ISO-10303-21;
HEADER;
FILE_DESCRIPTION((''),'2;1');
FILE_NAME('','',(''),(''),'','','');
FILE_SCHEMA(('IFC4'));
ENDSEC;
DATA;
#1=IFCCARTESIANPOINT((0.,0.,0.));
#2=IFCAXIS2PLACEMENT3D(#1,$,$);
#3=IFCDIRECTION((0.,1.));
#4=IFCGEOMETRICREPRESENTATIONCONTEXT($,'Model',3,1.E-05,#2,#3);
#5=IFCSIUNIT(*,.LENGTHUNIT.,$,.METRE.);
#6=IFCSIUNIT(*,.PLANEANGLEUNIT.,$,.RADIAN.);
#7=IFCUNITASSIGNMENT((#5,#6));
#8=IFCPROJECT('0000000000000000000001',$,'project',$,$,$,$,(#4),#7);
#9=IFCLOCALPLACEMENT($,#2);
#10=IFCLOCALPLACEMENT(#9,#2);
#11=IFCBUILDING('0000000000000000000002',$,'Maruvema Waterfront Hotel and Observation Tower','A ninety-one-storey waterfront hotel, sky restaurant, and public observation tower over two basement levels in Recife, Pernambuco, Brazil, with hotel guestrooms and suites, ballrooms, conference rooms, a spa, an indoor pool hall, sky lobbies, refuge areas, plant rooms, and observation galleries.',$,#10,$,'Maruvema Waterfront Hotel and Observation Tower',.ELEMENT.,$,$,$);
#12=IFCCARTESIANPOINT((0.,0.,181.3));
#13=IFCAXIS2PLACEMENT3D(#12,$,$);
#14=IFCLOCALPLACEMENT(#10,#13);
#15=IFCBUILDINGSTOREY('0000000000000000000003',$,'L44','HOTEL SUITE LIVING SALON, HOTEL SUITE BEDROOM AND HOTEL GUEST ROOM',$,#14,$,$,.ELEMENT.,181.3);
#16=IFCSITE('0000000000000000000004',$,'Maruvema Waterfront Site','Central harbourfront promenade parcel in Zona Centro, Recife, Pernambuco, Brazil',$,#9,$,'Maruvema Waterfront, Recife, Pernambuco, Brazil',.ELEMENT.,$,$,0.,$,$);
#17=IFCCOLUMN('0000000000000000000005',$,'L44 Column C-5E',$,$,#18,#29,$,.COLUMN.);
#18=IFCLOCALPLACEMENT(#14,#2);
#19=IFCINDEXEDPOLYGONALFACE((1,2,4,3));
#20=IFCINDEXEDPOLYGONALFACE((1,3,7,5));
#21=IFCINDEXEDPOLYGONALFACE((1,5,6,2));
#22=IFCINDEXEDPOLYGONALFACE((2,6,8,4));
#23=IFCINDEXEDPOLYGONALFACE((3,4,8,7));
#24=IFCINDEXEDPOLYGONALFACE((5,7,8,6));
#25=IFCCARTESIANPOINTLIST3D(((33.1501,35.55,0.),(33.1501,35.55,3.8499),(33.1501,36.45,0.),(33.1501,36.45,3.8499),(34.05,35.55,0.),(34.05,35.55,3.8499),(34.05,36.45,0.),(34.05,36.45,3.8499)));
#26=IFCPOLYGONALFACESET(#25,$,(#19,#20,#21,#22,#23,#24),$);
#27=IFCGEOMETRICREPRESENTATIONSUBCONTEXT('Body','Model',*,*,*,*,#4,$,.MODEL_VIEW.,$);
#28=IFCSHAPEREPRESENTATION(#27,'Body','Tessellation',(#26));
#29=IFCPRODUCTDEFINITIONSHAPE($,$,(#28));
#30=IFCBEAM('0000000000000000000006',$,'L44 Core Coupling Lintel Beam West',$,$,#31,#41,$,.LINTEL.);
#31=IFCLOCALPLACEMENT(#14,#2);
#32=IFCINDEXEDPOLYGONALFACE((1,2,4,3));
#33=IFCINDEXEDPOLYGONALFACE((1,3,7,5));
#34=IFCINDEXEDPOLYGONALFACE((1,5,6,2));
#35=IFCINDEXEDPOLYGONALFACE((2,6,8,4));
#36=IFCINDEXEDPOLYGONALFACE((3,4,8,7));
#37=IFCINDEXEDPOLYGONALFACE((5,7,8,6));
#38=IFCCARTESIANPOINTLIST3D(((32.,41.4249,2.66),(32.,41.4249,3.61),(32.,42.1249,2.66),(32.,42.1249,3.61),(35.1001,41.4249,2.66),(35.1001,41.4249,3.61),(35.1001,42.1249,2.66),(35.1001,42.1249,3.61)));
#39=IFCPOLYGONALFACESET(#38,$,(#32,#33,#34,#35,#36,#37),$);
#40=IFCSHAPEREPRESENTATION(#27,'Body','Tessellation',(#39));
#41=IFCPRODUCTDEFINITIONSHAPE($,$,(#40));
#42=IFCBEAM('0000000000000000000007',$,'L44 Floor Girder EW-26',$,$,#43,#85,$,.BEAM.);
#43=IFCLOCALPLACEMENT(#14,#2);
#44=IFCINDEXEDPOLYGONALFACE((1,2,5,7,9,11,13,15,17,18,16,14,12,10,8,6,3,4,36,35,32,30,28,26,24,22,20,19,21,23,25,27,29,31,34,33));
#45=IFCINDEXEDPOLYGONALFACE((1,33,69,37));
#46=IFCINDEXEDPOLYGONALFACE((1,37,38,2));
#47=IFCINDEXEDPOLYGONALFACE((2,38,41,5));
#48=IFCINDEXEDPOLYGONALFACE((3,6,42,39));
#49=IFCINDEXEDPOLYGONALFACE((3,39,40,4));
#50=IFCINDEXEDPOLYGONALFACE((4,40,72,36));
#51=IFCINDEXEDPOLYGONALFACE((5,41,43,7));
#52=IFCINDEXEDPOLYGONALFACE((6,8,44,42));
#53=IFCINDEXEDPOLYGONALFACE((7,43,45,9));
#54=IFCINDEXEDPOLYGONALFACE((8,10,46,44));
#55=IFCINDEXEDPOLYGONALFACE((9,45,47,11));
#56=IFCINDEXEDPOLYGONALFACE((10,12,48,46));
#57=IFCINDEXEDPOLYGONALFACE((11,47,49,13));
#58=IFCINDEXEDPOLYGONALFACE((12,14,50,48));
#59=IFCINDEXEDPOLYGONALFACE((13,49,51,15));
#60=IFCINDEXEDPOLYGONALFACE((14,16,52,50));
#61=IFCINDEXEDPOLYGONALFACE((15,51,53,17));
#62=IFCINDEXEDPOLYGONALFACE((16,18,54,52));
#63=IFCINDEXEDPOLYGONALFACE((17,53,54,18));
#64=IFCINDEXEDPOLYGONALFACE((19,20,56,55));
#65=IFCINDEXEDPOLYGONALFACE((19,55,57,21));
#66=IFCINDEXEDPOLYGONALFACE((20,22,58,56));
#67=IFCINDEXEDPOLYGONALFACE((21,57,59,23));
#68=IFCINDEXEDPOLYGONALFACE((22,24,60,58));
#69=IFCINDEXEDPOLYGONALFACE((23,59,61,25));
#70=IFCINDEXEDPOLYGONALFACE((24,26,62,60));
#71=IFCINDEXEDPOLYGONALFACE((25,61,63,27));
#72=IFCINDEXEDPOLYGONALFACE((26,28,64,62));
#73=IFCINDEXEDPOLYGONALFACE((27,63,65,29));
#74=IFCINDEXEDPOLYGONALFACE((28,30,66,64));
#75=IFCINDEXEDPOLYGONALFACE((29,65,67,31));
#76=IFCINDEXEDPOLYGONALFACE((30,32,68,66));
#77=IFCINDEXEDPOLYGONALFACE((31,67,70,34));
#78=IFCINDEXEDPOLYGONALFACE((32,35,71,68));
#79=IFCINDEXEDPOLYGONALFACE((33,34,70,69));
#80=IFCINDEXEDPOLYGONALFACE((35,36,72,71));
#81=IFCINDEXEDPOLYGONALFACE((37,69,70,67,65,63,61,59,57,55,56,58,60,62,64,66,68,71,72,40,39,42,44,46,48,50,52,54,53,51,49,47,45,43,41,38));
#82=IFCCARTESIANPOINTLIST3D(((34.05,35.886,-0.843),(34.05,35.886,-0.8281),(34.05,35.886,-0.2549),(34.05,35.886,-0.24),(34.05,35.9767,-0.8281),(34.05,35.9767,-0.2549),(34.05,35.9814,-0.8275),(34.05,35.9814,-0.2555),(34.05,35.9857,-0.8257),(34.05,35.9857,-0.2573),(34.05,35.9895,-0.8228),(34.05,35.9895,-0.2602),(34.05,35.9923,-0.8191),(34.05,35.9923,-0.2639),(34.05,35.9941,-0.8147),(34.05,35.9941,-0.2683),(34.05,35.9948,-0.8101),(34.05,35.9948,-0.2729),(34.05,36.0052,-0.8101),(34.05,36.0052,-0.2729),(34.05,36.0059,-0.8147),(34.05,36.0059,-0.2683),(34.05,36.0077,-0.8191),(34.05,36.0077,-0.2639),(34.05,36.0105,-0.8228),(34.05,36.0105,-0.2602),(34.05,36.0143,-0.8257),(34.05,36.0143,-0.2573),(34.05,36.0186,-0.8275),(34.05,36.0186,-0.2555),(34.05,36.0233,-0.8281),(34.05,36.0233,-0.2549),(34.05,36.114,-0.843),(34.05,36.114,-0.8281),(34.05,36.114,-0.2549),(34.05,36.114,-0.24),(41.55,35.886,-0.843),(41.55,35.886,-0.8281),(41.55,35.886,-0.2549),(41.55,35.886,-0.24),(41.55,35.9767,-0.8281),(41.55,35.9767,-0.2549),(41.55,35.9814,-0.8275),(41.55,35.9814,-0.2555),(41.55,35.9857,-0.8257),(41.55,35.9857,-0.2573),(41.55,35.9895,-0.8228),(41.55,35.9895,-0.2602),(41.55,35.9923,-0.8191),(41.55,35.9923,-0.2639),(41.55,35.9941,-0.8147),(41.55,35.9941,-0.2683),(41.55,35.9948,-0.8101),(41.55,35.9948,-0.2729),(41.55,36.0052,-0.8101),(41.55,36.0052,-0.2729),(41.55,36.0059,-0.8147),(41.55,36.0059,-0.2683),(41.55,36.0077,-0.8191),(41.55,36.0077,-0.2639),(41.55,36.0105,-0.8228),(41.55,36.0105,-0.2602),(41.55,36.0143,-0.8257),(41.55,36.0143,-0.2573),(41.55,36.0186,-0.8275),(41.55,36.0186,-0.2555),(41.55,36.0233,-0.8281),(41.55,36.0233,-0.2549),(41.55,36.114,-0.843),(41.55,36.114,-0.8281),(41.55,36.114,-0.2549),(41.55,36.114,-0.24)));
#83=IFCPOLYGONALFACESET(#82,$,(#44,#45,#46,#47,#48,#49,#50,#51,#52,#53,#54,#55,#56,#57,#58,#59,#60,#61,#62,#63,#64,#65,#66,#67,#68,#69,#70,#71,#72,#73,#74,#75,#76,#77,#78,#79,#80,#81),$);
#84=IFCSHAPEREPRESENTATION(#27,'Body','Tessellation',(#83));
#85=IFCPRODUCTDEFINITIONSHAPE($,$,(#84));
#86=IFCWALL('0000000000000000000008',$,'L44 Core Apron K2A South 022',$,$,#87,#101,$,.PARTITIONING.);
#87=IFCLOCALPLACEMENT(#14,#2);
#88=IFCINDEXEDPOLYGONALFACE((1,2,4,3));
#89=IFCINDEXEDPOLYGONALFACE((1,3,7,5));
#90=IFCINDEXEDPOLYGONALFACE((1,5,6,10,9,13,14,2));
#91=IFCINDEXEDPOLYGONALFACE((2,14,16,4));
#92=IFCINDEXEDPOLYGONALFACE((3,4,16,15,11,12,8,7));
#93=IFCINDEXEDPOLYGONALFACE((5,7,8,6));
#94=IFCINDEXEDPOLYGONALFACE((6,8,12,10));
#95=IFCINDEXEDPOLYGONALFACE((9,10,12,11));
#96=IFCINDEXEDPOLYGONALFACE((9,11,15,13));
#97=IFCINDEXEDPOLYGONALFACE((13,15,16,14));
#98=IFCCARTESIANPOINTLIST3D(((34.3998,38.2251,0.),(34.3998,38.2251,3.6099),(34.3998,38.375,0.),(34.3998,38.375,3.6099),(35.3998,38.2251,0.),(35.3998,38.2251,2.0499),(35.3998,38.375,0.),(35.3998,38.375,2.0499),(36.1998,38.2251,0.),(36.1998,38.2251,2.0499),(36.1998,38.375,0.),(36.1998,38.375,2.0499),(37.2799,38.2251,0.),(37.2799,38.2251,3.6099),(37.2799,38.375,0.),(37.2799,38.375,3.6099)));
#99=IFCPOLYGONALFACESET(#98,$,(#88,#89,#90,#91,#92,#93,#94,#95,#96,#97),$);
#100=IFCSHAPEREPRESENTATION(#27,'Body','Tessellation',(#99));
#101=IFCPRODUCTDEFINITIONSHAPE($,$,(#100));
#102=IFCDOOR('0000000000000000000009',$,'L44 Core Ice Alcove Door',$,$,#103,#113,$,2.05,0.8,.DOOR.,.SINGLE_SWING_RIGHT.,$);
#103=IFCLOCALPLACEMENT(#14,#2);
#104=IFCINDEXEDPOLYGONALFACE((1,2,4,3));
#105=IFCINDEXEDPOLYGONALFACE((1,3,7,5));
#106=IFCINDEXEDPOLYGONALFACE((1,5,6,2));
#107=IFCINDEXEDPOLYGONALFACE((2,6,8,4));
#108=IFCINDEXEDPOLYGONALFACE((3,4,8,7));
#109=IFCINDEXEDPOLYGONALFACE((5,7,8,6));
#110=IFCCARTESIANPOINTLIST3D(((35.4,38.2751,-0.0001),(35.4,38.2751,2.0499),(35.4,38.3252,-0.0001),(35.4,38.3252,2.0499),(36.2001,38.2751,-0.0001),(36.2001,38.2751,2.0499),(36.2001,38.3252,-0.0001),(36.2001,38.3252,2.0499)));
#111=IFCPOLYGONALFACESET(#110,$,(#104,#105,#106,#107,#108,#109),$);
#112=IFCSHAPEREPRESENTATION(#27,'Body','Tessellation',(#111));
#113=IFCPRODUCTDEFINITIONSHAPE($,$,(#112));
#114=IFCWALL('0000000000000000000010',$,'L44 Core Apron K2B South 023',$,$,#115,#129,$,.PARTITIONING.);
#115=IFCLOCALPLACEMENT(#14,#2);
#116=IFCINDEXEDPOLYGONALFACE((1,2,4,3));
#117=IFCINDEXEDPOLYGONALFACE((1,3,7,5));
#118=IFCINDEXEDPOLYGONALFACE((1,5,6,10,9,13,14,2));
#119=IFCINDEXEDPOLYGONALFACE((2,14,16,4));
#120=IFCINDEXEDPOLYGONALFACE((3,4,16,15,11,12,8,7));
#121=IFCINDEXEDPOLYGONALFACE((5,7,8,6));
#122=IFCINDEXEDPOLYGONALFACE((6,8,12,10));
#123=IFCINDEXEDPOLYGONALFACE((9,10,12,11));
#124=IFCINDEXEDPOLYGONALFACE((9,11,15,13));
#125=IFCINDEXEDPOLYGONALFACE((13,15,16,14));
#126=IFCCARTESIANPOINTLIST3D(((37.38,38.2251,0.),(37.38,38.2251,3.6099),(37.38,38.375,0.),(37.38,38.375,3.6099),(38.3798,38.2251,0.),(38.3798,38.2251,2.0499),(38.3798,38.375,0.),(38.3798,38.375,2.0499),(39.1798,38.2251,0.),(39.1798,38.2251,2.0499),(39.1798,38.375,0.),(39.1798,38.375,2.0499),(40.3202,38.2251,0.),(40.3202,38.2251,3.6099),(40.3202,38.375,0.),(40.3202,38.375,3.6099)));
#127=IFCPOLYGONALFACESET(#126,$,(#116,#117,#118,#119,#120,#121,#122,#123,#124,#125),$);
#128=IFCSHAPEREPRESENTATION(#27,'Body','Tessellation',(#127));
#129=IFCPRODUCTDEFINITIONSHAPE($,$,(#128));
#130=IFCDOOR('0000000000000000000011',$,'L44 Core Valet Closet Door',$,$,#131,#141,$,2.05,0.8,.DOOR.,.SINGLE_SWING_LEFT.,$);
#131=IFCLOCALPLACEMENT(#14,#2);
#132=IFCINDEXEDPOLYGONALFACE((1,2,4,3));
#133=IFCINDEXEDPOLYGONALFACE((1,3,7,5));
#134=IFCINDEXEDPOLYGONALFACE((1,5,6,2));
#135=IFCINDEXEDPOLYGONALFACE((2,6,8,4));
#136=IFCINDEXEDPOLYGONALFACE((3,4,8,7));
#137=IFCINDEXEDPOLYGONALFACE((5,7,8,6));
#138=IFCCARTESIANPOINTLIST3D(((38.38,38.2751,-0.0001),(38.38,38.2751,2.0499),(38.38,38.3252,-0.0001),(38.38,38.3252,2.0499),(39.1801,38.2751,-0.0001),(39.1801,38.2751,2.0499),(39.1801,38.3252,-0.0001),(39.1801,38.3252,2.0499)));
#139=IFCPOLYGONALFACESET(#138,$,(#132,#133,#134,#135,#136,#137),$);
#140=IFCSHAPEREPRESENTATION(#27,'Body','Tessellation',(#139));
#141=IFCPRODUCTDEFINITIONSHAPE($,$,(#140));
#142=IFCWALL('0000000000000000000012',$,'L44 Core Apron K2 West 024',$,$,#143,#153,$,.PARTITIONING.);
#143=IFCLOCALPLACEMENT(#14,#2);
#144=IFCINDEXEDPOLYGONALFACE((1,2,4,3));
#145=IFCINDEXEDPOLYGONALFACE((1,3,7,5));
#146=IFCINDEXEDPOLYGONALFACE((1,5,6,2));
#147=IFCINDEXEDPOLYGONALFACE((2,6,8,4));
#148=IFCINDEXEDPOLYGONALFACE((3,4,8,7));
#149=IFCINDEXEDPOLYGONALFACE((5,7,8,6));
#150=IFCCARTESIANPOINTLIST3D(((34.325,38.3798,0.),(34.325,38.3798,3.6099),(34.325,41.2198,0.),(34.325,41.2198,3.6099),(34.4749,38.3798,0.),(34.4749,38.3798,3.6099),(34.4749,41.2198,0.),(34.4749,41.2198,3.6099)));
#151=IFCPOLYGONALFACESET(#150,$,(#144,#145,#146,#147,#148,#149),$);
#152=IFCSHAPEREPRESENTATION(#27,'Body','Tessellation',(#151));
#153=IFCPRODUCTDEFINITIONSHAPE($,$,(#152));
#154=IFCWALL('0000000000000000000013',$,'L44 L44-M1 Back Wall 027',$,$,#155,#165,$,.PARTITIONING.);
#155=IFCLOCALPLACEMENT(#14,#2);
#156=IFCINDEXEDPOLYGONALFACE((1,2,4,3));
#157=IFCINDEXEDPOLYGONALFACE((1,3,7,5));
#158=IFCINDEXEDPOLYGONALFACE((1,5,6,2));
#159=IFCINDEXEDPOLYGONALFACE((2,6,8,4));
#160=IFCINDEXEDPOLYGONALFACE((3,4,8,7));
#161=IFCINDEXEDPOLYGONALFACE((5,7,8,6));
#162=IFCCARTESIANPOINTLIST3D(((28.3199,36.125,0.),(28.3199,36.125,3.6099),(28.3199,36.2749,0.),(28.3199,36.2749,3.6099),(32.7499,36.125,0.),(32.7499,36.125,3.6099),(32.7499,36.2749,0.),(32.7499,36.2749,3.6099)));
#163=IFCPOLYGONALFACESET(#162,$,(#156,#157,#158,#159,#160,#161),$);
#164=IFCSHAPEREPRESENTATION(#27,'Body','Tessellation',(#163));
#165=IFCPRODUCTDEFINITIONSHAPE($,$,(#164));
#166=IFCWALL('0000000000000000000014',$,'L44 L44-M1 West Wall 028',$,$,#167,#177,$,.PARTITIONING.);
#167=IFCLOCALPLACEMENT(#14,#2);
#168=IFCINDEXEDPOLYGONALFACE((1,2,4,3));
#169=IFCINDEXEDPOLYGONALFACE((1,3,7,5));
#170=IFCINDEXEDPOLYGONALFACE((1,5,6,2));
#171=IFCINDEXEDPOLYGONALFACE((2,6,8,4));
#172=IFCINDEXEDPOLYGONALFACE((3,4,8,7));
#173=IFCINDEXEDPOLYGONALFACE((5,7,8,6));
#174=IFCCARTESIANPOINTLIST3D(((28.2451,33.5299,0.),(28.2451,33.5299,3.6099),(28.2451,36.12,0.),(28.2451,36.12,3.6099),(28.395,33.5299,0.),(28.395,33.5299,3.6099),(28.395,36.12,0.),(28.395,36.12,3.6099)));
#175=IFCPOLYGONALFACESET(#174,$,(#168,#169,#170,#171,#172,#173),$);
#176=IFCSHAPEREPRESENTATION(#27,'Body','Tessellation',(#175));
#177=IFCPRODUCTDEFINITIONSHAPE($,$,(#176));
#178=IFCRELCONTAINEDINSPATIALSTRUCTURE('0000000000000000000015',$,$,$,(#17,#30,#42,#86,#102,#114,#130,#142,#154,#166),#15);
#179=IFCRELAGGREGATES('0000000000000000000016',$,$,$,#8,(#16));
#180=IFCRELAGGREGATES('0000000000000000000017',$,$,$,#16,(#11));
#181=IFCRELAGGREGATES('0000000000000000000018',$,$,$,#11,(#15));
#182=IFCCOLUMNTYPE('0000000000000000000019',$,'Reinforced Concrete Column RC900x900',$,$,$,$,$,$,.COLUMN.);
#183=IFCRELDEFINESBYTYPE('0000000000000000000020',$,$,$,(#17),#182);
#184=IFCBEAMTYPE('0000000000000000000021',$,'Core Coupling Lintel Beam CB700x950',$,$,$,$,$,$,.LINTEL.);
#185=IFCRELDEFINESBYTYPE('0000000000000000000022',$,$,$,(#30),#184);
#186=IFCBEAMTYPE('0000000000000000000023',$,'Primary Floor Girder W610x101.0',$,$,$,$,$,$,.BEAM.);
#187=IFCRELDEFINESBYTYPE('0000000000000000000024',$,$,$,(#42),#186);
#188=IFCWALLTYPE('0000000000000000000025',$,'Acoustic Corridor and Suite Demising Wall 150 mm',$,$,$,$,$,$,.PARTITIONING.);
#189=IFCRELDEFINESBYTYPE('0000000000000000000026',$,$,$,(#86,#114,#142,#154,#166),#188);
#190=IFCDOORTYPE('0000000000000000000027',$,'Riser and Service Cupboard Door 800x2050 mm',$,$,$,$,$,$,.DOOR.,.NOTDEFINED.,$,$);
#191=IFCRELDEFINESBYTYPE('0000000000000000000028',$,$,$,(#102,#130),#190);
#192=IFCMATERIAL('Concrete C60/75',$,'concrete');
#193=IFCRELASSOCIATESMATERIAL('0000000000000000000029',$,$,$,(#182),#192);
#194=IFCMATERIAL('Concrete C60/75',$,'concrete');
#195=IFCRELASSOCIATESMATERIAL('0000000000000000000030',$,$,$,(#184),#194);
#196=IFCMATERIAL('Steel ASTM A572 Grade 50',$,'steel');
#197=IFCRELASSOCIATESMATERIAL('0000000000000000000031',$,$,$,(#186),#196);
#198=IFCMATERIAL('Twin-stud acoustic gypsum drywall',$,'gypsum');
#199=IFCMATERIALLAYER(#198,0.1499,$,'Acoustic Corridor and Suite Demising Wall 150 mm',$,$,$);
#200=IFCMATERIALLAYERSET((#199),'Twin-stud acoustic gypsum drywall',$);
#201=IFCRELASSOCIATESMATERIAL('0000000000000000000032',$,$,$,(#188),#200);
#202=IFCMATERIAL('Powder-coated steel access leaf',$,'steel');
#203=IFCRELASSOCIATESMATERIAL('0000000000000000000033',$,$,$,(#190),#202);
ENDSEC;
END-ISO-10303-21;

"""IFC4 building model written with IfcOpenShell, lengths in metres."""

from ifc_helpers import new_model, si_unit, direction, frame, frame_2d, origin, origin_2d, place, context, subcontext, project, spatial, rectangle, i_section, extrude, material, layer, layer_set, material_profile, profile_set, type_object, element, fill, save


model = new_model("IFC4")

# Units and contexts
model_context = context("Model", 3, precision=1e-05, world=origin(), true_north=direction((0.0, 1.0)))
body_context = subcontext(model_context, "Body", "Model", "MODEL_VIEW")
ifc_project = project(units=[si_unit("LENGTHUNIT", "METRE"), si_unit("PLANEANGLEUNIT", "RADIAN")], contexts=[model_context])

# Site, building, storey
site_placement = place(None, origin())
site = spatial("IfcSite", under=ifc_project, at=site_placement, Name="Maruvema Waterfront Site", Description="Central harbourfront promenade parcel in Zona Centro, Recife, Pernambuco, Brazil", LongName="Maruvema Waterfront, Recife, Pernambuco, Brazil", CompositionType="ELEMENT", RefElevation=0.0)
building_placement = place(site_placement, origin())
building = spatial("IfcBuilding", under=site, at=building_placement, Name="Maruvema Waterfront Hotel and Observation Tower", Description="A ninety-one-storey waterfront hotel, sky restaurant, and public observation tower over two basement levels in Recife, Pernambuco, Brazil, with hotel guestrooms and suites, ballrooms, conference rooms, a spa, an indoor pool hall, sky lobbies, refuge areas, plant rooms, and observation galleries.", LongName="Maruvema Waterfront Hotel and Observation Tower", CompositionType="ELEMENT")
storey_placement = place(building_placement, frame((0.0, 0.0, 181.3)))
storey = spatial("IfcBuildingStorey", under=building, at=storey_placement, Name="L44", Description="HOTEL SUITE LIVING SALON, HOTEL SUITE BEDROOM AND HOTEL GUEST ROOM", CompositionType="ELEMENT", Elevation=181.3)

# Column
ifc_material_1 = material(Name="Concrete C60/75", Category="concrete")
ifc_material_profile_1 = material_profile(ifc_material_1, rectangle(XDim=0.8999, YDim=0.8999, at=origin_2d()), Name="RC900x900")
ifc_profile_set_1 = profile_set([ifc_material_profile_1], Name="Concrete C60/75")
column_type = type_object("IfcColumnType", Name="Reinforced Concrete Column RC900x900", PredefinedType="COLUMN", material=ifc_profile_set_1)
column_placement = place(storey_placement, frame((33.6001, 36.0, 0.0), z_axis=(0.0, 0.0, 1.0), x_axis=(1.0, 0.0, 0.0)))
element("IfcColumn", 1, at=column_placement, inside=storey, type_object=column_type, Name="L44 Column C-5E", PredefinedType="COLUMN", context=body_context, shape_type="SweptSolid", body=[
    extrude(rectangle(XDim=0.8999, YDim=0.8999, at=origin_2d()), origin(), (0.0, 0.0, 1.0), 3.8499),
])

# Beams
ifc_material_2 = material(Name="Concrete C60/75", Category="concrete")
ifc_material_profile_2 = material_profile(ifc_material_2, rectangle(XDim=0.7, YDim=0.95, at=origin_2d()), Name="CB700x950")
ifc_profile_set_2 = profile_set([ifc_material_profile_2], Name="Concrete C60/75")
beam_type_1 = type_object("IfcBeamType", Name="Core Coupling Lintel Beam CB700x950", PredefinedType="LINTEL", material=ifc_profile_set_2)
beam_1_placement = place(storey_placement, frame((32.0, 41.7749, 3.135), z_axis=(1.0, 0.0, 0.0), x_axis=(0.0, 1.0, 0.0)))
element("IfcBeam", 2, at=beam_1_placement, inside=storey, type_object=beam_type_1, Name="L44 Core Coupling Lintel Beam West", PredefinedType="LINTEL", context=body_context, shape_type="SweptSolid", body=[
    extrude(rectangle(XDim=0.7, YDim=0.95, at=origin_2d()), origin(), (0.0, 0.0, 1.0), 3.1001),
])
ifc_material_3 = material(Name="Steel ASTM A572 Grade 50", Category="steel")
ifc_material_profile_3 = material_profile(ifc_material_3, i_section(OverallWidth=0.228, OverallDepth=0.603, WebThickness=0.0105, FlangeThickness=0.0149, FilletRadius=0.0181, at=origin_2d()), Name="W610x101.0")
ifc_profile_set_3 = profile_set([ifc_material_profile_3], Name="Steel ASTM A572 Grade 50")
beam_type_2 = type_object("IfcBeamType", Name="Primary Floor Girder W610x101.0", PredefinedType="BEAM", material=ifc_profile_set_3)
beam_2_placement = place(storey_placement, frame((34.05, 36.0, -0.5415), z_axis=(1.0, 0.0, 0.0), x_axis=(0.0, 1.0, 0.0)))
element("IfcBeam", 3, at=beam_2_placement, inside=storey, type_object=beam_type_2, Name="L44 Floor Girder EW-26", PredefinedType="BEAM", context=body_context, shape_type="SweptSolid", body=[
    extrude(i_section(OverallWidth=0.228, OverallDepth=0.603, WebThickness=0.0105, FlangeThickness=0.0149, FilletRadius=0.0181, at=origin_2d()), origin(), (0.0, 0.0, 1.0), 7.5),
])

# Walls, openings, doors
ifc_material_4 = material(Name="Twin-stud acoustic gypsum drywall", Category="gypsum")
ifc_layer_1 = layer(ifc_material_4, 0.1499, Name="Acoustic Corridor and Suite Demising Wall 150 mm")
ifc_layer_set_1 = layer_set([ifc_layer_1], Name="Twin-stud acoustic gypsum drywall")
wall_type_1 = type_object("IfcWallType", Name="Acoustic Corridor and Suite Demising Wall 150 mm", PredefinedType="PARTITIONING", material=ifc_layer_set_1)
wall_1_placement = place(storey_placement, frame((34.3999, 38.3, 0.0), z_axis=(0.0, 0.0, 1.0), x_axis=(1.0, 0.0, 0.0)))
wall_1 = element("IfcWall", 4, at=wall_1_placement, inside=storey, type_object=wall_type_1, Name="L44 Core Apron K2A South 022", PredefinedType="PARTITIONING", context=body_context, shape_type="SweptSolid", body=[
    extrude(rectangle(XDim=2.8801, YDim=0.1499, at=frame_2d((1.4399, 0.0))), origin(), (0.0, 0.0, 1.0), 3.6099),
])
opening_1_placement = place(wall_1_placement, frame((1.0, 0.0, 0.0)))
opening_1 = element("IfcOpeningElement", 5, at=opening_1_placement, cuts=wall_1, PredefinedType="OPENING", context=body_context, shape_type="SweptSolid", body=[
    extrude(rectangle(XDim=0.8, YDim=2.05, at=frame_2d((0.3999, 1.0249))), frame((0.0, 0.085, 0.0), z_axis=(0.0, -1.0, 0.0), x_axis=(1.0, 0.0, 0.0)), (0.0, 0.0, 1.0), 0.1699),
])
ifc_material_5 = material(Name="Powder-coated steel access leaf", Category="steel")
door_type = type_object("IfcDoorType", Name="Riser and Service Cupboard Door 800x2050 mm", OperationType="NOTDEFINED", PredefinedType="DOOR", material=ifc_material_5)
door_1_placement = place(opening_1_placement, frame((0.8, 0.0, 0.0), z_axis=(0.0, 0.0, 1.0), x_axis=(-1.0, 0.0, 0.0)))
door_1 = element("IfcDoor", 6, at=door_1_placement, inside=storey, type_object=door_type, Name="L44 Core Ice Alcove Door", OperationType="SINGLE_SWING_RIGHT", OverallHeight=2.05, OverallWidth=0.8, PredefinedType="DOOR", context=body_context, shape_type="SweptSolid", body=[
    extrude(rectangle(XDim=0.8, YDim=2.05, at=frame_2d((0.3999, 1.0249))), frame((0.0, 0.0249, 0.0), z_axis=(0.0, -1.0, 0.0), x_axis=(1.0, 0.0, 0.0)), (0.0, 0.0, 1.0), 0.05),
])
fill(opening_1, door_1)
wall_2_placement = place(storey_placement, frame((37.3799, 38.3, 0.0), z_axis=(0.0, 0.0, 1.0), x_axis=(1.0, 0.0, 0.0)))
wall_2 = element("IfcWall", 7, at=wall_2_placement, inside=storey, type_object=wall_type_1, Name="L44 Core Apron K2B South 023", PredefinedType="PARTITIONING", context=body_context, shape_type="SweptSolid", body=[
    extrude(rectangle(XDim=2.9402, YDim=0.1499, at=frame_2d((1.4702, 0.0))), origin(), (0.0, 0.0, 1.0), 3.6099),
])
opening_2_placement = place(wall_2_placement, frame((1.0, 0.0, 0.0)))
opening_2 = element("IfcOpeningElement", 8, at=opening_2_placement, cuts=wall_2, PredefinedType="OPENING", context=body_context, shape_type="SweptSolid", body=[
    extrude(rectangle(XDim=0.8, YDim=2.05, at=frame_2d((0.3999, 1.0249))), frame((0.0, 0.085, 0.0), z_axis=(0.0, -1.0, 0.0), x_axis=(1.0, 0.0, 0.0)), (0.0, 0.0, 1.0), 0.1699),
])
door_2_placement = place(opening_2_placement, frame((0.8, 0.0, 0.0), z_axis=(0.0, 0.0, 1.0), x_axis=(-1.0, 0.0, 0.0)))
door_2 = element("IfcDoor", 9, at=door_2_placement, inside=storey, type_object=door_type, Name="L44 Core Valet Closet Door", OperationType="SINGLE_SWING_LEFT", OverallHeight=2.05, OverallWidth=0.8, PredefinedType="DOOR", context=body_context, shape_type="SweptSolid", body=[
    extrude(rectangle(XDim=0.8, YDim=2.05, at=frame_2d((0.3999, 1.0249))), frame((0.0, 0.0249, 0.0), z_axis=(0.0, -1.0, 0.0), x_axis=(1.0, 0.0, 0.0)), (0.0, 0.0, 1.0), 0.05),
])
fill(opening_2, door_2)

# Walls
wall_3_placement = place(storey_placement, frame((34.3999, 38.3799, 0.0), z_axis=(0.0, 0.0, 1.0), x_axis=(0.0, 1.0, 0.0)))
element("IfcWall", 10, at=wall_3_placement, inside=storey, type_object=wall_type_1, Name="L44 Core Apron K2 West 024", PredefinedType="PARTITIONING", context=body_context, shape_type="SweptSolid", body=[
    extrude(rectangle(XDim=2.8401, YDim=0.1499, at=frame_2d((1.4199, 0.0))), origin(), (0.0, 0.0, 1.0), 3.6099),
])
wall_4_placement = place(storey_placement, frame((28.3201, 36.2, 0.0), z_axis=(0.0, 0.0, 1.0), x_axis=(1.0, 0.0, 0.0)))
element("IfcWall", 11, at=wall_4_placement, inside=storey, type_object=wall_type_1, Name="L44 L44-M1 Back Wall 027", PredefinedType="PARTITIONING", context=body_context, shape_type="SweptSolid", body=[
    extrude(rectangle(XDim=4.4299, YDim=0.1499, at=frame_2d((2.2148, 0.0))), origin(), (0.0, 0.0, 1.0), 3.6099),
])
for number, where, z_axis, x_axis, name in (
    (12, (28.3201, 33.53, 0.0), (0.0, 0.0, 1.0), (0.0, 1.0, 0.0), "L44 L44-M1 West Wall 028"),
):
    element("IfcWall", number, at=place(storey_placement, frame(where, z_axis=z_axis, x_axis=x_axis)), inside=storey, type_object=wall_type_1, Name=name, PredefinedType="PARTITIONING", context=body_context, shape_type="SweptSolid", body=[
        extrude(rectangle(XDim=2.5901, YDim=0.1499, at=frame_2d((1.2949, 0.0))), origin(), (0.0, 0.0, 1.0), 3.6099),
    ])

save(model, "model.ifc")
